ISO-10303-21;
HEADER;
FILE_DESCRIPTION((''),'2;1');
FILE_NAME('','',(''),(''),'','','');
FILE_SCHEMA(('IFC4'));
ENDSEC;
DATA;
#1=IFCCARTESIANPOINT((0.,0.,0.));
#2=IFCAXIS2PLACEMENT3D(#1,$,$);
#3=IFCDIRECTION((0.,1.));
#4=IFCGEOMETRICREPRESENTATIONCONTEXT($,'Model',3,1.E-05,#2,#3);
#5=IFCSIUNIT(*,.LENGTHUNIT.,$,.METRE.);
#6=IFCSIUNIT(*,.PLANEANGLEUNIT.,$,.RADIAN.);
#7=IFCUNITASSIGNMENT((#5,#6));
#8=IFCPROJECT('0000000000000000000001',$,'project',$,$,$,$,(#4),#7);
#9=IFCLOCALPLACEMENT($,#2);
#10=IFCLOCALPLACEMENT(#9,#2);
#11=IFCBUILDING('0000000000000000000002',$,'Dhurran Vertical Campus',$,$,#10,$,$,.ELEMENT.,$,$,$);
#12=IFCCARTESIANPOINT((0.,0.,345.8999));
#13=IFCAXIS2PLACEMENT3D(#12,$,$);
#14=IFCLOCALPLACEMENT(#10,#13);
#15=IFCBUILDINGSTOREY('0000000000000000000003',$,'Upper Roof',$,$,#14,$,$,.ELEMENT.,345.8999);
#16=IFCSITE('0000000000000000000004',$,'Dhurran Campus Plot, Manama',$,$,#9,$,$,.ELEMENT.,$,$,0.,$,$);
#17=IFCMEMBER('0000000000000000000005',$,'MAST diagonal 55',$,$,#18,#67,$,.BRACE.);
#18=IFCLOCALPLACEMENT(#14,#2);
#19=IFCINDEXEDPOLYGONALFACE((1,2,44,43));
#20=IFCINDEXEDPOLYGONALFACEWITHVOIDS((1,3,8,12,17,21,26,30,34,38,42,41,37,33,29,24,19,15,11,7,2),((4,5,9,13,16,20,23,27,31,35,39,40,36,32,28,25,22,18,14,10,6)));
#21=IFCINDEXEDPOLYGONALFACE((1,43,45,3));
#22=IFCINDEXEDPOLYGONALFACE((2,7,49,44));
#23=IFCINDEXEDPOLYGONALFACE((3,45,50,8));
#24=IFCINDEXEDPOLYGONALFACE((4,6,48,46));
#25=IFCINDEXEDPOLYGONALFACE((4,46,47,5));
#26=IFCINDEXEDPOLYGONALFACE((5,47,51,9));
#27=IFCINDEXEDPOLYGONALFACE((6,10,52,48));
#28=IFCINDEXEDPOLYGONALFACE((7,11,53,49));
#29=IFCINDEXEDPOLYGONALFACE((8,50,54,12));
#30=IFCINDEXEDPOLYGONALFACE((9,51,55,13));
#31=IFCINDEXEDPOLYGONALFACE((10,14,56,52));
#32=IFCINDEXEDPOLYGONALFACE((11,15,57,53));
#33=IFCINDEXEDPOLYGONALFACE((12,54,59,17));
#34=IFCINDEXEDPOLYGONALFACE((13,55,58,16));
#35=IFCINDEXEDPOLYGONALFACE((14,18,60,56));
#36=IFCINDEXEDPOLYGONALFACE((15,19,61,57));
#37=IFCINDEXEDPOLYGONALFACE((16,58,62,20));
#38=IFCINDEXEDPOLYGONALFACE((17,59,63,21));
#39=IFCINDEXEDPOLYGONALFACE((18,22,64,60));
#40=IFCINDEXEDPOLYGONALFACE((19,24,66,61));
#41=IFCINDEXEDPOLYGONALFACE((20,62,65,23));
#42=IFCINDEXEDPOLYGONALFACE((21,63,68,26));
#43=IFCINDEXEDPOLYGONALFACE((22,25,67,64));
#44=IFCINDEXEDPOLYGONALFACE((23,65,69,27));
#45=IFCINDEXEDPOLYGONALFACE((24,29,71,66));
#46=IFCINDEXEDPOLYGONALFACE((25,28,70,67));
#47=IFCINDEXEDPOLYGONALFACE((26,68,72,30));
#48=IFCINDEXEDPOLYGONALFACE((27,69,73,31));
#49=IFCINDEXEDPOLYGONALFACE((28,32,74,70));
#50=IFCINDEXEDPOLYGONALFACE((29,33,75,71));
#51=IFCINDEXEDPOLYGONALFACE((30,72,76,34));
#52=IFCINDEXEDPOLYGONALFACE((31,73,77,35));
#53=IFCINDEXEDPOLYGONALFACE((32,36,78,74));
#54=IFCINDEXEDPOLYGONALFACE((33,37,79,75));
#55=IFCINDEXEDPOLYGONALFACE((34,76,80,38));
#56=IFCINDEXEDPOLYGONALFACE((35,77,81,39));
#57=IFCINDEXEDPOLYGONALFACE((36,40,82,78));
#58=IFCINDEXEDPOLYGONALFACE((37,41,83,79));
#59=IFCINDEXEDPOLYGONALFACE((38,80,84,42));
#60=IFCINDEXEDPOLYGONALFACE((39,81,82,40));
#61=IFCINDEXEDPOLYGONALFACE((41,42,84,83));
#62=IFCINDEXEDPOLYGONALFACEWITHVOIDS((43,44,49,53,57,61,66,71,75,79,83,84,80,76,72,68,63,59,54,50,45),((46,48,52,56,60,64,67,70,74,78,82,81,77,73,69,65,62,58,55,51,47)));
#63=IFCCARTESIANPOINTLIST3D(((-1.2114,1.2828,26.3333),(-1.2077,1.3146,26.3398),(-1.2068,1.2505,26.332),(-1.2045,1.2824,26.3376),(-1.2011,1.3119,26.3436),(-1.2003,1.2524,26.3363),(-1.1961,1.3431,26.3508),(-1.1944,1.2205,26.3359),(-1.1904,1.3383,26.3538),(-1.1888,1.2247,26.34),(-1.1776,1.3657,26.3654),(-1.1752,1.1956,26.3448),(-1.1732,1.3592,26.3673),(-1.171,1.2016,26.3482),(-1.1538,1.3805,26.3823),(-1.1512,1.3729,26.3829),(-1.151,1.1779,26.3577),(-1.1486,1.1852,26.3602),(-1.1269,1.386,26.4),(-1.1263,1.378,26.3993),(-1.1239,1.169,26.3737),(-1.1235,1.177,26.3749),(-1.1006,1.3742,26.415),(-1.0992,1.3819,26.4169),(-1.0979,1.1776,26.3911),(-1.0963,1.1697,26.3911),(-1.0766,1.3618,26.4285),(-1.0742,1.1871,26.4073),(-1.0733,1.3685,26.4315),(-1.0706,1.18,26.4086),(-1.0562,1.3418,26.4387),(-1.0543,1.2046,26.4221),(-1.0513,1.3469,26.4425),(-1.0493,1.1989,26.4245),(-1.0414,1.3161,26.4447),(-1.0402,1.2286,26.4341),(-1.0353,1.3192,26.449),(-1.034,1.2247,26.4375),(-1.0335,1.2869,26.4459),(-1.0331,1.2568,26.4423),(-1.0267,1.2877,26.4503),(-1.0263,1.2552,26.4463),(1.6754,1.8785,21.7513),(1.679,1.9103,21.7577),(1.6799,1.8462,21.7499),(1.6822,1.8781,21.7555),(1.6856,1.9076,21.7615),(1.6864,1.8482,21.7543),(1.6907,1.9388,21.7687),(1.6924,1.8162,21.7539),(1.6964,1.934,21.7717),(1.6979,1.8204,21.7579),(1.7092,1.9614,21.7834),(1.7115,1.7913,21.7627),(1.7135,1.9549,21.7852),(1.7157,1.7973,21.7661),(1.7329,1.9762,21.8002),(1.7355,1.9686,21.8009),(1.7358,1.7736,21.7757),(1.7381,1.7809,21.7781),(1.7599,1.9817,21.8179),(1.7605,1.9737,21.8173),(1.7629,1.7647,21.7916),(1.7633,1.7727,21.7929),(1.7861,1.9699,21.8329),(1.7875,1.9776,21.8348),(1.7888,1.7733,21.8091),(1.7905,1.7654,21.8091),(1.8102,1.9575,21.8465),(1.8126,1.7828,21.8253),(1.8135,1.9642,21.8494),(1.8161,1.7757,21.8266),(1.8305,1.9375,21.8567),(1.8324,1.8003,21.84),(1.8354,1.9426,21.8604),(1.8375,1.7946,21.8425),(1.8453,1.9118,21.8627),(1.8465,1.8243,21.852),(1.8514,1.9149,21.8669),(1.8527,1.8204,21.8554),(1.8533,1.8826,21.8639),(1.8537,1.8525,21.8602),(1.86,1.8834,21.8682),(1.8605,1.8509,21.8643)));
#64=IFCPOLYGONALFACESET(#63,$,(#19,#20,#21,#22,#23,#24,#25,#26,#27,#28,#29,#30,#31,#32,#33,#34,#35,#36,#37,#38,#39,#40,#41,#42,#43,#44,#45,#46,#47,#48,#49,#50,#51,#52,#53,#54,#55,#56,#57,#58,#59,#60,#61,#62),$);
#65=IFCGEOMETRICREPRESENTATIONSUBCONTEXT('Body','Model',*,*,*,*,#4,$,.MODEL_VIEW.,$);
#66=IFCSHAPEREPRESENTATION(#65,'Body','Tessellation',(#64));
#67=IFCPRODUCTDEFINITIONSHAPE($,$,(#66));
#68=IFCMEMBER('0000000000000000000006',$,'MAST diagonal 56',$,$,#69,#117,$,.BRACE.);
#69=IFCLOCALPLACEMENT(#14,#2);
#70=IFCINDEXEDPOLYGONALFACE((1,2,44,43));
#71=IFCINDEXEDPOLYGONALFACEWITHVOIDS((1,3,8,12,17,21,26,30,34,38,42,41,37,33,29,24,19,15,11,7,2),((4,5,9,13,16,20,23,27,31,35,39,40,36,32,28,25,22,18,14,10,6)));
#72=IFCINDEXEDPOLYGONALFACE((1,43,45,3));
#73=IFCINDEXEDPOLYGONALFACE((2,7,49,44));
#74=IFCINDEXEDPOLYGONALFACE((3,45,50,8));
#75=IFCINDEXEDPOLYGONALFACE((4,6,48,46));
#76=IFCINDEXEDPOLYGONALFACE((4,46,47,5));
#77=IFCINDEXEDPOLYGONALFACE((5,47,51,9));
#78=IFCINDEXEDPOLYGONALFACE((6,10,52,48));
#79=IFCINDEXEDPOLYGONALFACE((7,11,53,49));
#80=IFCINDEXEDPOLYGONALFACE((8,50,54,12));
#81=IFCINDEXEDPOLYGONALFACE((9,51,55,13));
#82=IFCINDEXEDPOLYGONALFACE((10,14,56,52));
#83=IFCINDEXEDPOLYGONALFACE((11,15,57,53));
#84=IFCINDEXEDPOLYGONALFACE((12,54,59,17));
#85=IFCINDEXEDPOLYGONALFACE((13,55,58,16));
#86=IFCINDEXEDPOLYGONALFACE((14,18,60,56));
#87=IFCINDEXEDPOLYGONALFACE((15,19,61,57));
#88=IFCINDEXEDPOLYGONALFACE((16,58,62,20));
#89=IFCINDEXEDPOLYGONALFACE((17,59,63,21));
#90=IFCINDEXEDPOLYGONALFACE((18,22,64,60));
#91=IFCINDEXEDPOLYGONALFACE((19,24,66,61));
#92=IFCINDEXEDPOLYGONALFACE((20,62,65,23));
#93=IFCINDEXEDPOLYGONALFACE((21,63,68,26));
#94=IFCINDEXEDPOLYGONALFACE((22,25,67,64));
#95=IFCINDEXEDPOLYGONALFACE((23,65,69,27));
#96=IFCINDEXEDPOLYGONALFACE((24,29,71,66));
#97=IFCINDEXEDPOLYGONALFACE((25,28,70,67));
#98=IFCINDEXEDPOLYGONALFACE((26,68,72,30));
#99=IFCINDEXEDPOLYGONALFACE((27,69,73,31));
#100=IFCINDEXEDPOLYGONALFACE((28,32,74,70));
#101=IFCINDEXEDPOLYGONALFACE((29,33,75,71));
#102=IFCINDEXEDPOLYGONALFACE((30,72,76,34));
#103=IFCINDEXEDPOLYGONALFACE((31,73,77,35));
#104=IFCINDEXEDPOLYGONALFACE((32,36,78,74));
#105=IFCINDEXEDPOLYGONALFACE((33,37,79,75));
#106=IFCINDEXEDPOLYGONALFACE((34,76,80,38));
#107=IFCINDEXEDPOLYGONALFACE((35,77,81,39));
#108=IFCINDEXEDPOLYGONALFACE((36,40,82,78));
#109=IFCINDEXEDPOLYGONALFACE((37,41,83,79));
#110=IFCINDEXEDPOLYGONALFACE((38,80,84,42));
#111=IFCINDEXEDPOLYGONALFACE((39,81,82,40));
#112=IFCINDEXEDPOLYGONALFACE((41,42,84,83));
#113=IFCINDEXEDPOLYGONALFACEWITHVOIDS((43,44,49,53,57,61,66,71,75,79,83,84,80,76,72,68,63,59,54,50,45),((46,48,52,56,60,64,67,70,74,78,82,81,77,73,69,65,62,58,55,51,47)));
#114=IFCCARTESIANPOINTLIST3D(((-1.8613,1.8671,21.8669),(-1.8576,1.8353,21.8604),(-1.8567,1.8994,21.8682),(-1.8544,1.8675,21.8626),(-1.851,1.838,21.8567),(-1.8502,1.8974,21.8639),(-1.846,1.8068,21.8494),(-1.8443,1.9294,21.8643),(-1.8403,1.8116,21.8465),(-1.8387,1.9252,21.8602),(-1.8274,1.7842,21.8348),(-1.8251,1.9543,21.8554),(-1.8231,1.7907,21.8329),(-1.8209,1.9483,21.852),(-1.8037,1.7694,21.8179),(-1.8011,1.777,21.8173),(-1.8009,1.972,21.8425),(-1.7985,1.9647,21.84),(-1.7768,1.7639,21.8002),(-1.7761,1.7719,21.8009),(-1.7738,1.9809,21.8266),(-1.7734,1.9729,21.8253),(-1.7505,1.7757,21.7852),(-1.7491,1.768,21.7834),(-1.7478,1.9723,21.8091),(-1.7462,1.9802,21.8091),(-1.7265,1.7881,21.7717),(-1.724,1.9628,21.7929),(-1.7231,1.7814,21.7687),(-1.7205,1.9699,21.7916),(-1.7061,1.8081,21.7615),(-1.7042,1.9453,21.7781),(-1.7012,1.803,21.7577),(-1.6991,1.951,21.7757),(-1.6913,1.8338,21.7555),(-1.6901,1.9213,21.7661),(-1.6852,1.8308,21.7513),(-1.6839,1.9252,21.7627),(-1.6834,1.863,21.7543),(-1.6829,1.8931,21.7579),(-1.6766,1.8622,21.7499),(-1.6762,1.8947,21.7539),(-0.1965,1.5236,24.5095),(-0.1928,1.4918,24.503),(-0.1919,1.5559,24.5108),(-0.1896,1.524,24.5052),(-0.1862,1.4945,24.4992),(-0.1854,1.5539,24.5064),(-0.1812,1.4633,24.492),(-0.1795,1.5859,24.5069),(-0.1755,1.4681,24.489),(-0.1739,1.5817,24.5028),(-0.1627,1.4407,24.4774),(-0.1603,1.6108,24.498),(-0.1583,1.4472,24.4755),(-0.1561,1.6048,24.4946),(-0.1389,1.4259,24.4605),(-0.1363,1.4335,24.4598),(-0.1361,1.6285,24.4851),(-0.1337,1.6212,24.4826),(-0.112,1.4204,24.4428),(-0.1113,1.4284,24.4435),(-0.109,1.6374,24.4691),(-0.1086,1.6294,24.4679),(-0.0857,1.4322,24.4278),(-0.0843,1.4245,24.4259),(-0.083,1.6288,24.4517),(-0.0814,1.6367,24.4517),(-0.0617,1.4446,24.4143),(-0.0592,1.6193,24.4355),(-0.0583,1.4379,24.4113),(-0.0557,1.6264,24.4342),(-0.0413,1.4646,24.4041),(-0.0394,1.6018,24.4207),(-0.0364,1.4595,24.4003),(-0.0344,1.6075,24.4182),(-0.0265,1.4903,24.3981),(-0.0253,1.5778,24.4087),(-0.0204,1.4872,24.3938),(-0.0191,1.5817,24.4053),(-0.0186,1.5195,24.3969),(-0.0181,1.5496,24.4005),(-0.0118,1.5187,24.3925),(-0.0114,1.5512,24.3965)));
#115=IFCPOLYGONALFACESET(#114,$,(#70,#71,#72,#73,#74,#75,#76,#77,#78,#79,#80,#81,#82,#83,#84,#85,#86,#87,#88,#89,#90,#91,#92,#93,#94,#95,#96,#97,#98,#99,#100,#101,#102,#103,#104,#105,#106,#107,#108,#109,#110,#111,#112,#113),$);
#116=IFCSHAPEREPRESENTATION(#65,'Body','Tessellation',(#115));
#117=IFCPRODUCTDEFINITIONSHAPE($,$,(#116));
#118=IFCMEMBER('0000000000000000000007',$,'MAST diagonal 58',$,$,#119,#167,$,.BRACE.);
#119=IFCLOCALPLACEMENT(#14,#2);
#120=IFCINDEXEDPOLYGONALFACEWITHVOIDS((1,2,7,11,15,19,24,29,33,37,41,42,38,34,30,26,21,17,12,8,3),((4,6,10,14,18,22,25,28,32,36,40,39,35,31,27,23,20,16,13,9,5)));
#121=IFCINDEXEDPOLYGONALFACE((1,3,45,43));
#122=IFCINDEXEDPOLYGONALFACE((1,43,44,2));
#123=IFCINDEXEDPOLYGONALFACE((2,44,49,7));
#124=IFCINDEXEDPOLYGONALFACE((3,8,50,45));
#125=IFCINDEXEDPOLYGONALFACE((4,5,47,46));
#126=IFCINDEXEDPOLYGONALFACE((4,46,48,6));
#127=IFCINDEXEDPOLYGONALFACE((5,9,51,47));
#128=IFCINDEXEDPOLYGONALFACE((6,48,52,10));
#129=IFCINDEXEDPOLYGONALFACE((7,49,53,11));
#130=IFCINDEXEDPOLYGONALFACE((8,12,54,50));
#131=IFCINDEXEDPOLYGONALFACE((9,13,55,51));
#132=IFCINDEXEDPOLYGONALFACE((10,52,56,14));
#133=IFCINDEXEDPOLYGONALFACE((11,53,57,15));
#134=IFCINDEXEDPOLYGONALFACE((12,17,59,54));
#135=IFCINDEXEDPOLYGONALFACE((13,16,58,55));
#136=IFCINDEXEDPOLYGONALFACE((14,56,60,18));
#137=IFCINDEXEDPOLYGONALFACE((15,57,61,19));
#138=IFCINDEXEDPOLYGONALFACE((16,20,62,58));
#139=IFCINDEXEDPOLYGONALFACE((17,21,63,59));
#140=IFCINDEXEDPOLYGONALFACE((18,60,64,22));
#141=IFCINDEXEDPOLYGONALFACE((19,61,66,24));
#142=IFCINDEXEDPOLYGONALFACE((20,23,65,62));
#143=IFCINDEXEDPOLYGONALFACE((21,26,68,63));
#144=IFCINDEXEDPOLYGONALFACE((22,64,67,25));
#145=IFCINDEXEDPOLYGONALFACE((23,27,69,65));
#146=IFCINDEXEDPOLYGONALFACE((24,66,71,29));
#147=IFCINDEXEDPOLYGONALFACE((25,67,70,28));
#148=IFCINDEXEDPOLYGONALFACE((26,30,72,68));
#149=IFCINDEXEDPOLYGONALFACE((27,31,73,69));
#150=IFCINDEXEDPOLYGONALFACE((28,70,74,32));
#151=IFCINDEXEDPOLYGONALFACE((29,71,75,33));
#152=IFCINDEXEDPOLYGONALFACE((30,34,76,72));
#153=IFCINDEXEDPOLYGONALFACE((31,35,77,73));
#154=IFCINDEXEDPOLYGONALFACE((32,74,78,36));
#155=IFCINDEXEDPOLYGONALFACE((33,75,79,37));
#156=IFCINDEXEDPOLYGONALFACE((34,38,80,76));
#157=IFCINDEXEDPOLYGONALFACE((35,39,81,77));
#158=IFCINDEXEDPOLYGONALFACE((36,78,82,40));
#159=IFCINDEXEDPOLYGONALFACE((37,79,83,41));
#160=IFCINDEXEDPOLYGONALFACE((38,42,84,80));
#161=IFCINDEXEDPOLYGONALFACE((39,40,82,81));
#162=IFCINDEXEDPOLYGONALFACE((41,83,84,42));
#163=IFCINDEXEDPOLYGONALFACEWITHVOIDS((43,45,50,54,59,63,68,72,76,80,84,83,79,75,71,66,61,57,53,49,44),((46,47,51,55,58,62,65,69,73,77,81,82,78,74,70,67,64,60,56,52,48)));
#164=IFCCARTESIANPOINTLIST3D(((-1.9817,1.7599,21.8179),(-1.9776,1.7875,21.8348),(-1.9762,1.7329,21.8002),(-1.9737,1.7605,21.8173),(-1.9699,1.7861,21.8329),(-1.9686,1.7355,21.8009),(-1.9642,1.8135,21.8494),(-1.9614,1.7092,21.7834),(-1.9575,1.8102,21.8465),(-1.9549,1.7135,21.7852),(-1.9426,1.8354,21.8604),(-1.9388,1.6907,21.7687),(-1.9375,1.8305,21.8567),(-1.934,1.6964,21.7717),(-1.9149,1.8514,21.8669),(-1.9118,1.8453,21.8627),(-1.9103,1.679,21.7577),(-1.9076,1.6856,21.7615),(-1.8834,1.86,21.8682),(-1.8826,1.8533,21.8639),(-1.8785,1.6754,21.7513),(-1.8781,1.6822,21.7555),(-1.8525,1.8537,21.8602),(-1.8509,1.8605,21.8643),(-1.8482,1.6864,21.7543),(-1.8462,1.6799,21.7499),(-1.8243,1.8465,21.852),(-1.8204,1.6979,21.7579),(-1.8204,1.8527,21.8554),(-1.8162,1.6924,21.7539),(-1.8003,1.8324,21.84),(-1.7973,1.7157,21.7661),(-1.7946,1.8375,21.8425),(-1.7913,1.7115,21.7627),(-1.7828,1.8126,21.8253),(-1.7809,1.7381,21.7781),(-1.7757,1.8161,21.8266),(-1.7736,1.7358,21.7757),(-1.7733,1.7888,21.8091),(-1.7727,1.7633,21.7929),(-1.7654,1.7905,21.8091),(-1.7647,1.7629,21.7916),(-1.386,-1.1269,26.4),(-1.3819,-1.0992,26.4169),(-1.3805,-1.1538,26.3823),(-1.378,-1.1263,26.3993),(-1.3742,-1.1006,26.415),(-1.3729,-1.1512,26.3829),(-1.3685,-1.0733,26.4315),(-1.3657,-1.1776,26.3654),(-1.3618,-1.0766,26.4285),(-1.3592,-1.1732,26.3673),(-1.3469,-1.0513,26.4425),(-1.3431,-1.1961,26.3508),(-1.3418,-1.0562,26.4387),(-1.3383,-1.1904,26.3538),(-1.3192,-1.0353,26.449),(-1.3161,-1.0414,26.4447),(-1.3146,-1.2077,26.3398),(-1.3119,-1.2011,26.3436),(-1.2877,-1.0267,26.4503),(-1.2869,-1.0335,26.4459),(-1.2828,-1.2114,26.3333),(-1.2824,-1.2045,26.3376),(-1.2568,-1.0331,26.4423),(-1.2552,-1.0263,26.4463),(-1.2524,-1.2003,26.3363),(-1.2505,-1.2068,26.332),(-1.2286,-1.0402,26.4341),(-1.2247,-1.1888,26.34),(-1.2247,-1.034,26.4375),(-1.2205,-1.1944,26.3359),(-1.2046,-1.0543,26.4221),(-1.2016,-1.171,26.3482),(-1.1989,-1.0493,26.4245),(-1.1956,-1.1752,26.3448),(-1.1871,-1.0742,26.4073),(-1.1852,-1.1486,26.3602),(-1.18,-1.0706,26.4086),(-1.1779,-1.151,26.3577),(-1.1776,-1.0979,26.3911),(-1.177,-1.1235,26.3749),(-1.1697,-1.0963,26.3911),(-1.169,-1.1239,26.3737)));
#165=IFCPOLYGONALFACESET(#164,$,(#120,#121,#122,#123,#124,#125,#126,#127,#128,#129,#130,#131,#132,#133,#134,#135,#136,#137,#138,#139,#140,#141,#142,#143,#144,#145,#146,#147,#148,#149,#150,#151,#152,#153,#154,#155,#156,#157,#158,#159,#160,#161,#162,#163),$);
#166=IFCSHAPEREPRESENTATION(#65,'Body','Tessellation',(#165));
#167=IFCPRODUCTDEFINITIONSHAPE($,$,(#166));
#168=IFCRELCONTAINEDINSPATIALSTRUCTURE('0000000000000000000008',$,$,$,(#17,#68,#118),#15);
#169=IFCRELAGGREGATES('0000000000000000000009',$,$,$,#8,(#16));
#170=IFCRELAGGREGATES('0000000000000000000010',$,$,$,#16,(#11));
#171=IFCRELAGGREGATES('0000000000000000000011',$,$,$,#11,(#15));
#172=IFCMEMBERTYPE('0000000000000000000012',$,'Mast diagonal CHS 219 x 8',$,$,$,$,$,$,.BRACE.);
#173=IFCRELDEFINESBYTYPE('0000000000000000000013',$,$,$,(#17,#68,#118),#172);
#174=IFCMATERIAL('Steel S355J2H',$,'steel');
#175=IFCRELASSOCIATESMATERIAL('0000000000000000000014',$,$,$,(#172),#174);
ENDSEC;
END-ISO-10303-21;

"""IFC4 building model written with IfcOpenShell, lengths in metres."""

from ifc_helpers import new_model, si_unit, direction, frame, origin, origin_2d, place, context, subcontext, project, spatial, hollow_circle, extrude, material, material_profile, profile_set, type_object, element, save


model = new_model("IFC4")

# Units and contexts
model_context = context("Model", 3, precision=1e-05, world=origin(), true_north=direction((0.0, 1.0)))
body_context = subcontext(model_context, "Body", "Model", "MODEL_VIEW")
ifc_project = project(units=[si_unit("LENGTHUNIT", "METRE"), si_unit("PLANEANGLEUNIT", "RADIAN")], contexts=[model_context])

# Site, building, storey
site_placement = place(None, origin())
site = spatial("IfcSite", under=ifc_project, at=site_placement, Name="Dhurran Campus Plot, Manama", CompositionType="ELEMENT", RefElevation=0.0)
building_placement = place(site_placement, origin())
building = spatial("IfcBuilding", under=site, at=building_placement, Name="Dhurran Vertical Campus", CompositionType="ELEMENT")
storey_placement = place(building_placement, frame((0.0, 0.0, 345.8999)))
storey = spatial("IfcBuildingStorey", under=building, at=storey_placement, Name="Upper Roof", CompositionType="ELEMENT", Elevation=345.8999)

# Members
ifc_material_1 = material(Name="Steel S355J2H", Category="steel")
ifc_material_profile_1 = material_profile(ifc_material_1, hollow_circle(Radius=0.1096, WallThickness=0.0081, at=origin_2d()), Name="CHS219x8")
ifc_profile_set_1 = profile_set([ifc_material_profile_1], Name="Steel S355J2H")
member_type_1 = type_object("IfcMemberType", Name="Mast diagonal CHS 219 x 8", PredefinedType="BRACE", material=ifc_profile_set_1)
member_1_placement = place(storey_placement, frame((1.7683, 1.8728, 21.8091), z_axis=(-0.529847, -0.109339, 0.841016), x_axis=(0.202102, -0.979365, 0.0)))
element("IfcMember", 1, at=member_1_placement, inside=storey, type_object=member_type_1, Name="MAST diagonal 55", PredefinedType="BRACE", context=body_context, shape_type="SweptSolid", body=[
    extrude(hollow_circle(Radius=0.1096, WallThickness=0.0081, at=origin_2d()), origin(), (0.0, 0.0, 1.0), 5.4482),
])
member_2_placement = place(storey_placement, frame((-1.7683, 1.8728, 21.8091), z_axis=(0.529836, -0.109324, 0.841024), x_axis=(0.202078, 0.979369, 0.0)))
element("IfcMember", 2, at=member_2_placement, inside=storey, type_object=member_type_1, Name="MAST diagonal 56", PredefinedType="BRACE", context=body_context, shape_type="SweptSolid", body=[
    extrude(hollow_circle(Radius=0.1096, WallThickness=0.0081, at=origin_2d()), origin(), (0.0, 0.0, 1.0), 3.1421),
])
member_3_placement = place(storey_placement, frame((-1.8728, 1.7683, 21.8091), z_axis=(0.109339, -0.529847, 0.841016), x_axis=(0.979365, 0.202102, 0.0)))
element("IfcMember", 3, at=member_3_placement, inside=storey, type_object=member_type_1, Name="MAST diagonal 58", PredefinedType="BRACE", context=body_context, shape_type="SweptSolid", body=[
    extrude(hollow_circle(Radius=0.1096, WallThickness=0.0081, at=origin_2d()), origin(), (0.0, 0.0, 1.0), 5.4482),
])

save(model, "model.ifc")
